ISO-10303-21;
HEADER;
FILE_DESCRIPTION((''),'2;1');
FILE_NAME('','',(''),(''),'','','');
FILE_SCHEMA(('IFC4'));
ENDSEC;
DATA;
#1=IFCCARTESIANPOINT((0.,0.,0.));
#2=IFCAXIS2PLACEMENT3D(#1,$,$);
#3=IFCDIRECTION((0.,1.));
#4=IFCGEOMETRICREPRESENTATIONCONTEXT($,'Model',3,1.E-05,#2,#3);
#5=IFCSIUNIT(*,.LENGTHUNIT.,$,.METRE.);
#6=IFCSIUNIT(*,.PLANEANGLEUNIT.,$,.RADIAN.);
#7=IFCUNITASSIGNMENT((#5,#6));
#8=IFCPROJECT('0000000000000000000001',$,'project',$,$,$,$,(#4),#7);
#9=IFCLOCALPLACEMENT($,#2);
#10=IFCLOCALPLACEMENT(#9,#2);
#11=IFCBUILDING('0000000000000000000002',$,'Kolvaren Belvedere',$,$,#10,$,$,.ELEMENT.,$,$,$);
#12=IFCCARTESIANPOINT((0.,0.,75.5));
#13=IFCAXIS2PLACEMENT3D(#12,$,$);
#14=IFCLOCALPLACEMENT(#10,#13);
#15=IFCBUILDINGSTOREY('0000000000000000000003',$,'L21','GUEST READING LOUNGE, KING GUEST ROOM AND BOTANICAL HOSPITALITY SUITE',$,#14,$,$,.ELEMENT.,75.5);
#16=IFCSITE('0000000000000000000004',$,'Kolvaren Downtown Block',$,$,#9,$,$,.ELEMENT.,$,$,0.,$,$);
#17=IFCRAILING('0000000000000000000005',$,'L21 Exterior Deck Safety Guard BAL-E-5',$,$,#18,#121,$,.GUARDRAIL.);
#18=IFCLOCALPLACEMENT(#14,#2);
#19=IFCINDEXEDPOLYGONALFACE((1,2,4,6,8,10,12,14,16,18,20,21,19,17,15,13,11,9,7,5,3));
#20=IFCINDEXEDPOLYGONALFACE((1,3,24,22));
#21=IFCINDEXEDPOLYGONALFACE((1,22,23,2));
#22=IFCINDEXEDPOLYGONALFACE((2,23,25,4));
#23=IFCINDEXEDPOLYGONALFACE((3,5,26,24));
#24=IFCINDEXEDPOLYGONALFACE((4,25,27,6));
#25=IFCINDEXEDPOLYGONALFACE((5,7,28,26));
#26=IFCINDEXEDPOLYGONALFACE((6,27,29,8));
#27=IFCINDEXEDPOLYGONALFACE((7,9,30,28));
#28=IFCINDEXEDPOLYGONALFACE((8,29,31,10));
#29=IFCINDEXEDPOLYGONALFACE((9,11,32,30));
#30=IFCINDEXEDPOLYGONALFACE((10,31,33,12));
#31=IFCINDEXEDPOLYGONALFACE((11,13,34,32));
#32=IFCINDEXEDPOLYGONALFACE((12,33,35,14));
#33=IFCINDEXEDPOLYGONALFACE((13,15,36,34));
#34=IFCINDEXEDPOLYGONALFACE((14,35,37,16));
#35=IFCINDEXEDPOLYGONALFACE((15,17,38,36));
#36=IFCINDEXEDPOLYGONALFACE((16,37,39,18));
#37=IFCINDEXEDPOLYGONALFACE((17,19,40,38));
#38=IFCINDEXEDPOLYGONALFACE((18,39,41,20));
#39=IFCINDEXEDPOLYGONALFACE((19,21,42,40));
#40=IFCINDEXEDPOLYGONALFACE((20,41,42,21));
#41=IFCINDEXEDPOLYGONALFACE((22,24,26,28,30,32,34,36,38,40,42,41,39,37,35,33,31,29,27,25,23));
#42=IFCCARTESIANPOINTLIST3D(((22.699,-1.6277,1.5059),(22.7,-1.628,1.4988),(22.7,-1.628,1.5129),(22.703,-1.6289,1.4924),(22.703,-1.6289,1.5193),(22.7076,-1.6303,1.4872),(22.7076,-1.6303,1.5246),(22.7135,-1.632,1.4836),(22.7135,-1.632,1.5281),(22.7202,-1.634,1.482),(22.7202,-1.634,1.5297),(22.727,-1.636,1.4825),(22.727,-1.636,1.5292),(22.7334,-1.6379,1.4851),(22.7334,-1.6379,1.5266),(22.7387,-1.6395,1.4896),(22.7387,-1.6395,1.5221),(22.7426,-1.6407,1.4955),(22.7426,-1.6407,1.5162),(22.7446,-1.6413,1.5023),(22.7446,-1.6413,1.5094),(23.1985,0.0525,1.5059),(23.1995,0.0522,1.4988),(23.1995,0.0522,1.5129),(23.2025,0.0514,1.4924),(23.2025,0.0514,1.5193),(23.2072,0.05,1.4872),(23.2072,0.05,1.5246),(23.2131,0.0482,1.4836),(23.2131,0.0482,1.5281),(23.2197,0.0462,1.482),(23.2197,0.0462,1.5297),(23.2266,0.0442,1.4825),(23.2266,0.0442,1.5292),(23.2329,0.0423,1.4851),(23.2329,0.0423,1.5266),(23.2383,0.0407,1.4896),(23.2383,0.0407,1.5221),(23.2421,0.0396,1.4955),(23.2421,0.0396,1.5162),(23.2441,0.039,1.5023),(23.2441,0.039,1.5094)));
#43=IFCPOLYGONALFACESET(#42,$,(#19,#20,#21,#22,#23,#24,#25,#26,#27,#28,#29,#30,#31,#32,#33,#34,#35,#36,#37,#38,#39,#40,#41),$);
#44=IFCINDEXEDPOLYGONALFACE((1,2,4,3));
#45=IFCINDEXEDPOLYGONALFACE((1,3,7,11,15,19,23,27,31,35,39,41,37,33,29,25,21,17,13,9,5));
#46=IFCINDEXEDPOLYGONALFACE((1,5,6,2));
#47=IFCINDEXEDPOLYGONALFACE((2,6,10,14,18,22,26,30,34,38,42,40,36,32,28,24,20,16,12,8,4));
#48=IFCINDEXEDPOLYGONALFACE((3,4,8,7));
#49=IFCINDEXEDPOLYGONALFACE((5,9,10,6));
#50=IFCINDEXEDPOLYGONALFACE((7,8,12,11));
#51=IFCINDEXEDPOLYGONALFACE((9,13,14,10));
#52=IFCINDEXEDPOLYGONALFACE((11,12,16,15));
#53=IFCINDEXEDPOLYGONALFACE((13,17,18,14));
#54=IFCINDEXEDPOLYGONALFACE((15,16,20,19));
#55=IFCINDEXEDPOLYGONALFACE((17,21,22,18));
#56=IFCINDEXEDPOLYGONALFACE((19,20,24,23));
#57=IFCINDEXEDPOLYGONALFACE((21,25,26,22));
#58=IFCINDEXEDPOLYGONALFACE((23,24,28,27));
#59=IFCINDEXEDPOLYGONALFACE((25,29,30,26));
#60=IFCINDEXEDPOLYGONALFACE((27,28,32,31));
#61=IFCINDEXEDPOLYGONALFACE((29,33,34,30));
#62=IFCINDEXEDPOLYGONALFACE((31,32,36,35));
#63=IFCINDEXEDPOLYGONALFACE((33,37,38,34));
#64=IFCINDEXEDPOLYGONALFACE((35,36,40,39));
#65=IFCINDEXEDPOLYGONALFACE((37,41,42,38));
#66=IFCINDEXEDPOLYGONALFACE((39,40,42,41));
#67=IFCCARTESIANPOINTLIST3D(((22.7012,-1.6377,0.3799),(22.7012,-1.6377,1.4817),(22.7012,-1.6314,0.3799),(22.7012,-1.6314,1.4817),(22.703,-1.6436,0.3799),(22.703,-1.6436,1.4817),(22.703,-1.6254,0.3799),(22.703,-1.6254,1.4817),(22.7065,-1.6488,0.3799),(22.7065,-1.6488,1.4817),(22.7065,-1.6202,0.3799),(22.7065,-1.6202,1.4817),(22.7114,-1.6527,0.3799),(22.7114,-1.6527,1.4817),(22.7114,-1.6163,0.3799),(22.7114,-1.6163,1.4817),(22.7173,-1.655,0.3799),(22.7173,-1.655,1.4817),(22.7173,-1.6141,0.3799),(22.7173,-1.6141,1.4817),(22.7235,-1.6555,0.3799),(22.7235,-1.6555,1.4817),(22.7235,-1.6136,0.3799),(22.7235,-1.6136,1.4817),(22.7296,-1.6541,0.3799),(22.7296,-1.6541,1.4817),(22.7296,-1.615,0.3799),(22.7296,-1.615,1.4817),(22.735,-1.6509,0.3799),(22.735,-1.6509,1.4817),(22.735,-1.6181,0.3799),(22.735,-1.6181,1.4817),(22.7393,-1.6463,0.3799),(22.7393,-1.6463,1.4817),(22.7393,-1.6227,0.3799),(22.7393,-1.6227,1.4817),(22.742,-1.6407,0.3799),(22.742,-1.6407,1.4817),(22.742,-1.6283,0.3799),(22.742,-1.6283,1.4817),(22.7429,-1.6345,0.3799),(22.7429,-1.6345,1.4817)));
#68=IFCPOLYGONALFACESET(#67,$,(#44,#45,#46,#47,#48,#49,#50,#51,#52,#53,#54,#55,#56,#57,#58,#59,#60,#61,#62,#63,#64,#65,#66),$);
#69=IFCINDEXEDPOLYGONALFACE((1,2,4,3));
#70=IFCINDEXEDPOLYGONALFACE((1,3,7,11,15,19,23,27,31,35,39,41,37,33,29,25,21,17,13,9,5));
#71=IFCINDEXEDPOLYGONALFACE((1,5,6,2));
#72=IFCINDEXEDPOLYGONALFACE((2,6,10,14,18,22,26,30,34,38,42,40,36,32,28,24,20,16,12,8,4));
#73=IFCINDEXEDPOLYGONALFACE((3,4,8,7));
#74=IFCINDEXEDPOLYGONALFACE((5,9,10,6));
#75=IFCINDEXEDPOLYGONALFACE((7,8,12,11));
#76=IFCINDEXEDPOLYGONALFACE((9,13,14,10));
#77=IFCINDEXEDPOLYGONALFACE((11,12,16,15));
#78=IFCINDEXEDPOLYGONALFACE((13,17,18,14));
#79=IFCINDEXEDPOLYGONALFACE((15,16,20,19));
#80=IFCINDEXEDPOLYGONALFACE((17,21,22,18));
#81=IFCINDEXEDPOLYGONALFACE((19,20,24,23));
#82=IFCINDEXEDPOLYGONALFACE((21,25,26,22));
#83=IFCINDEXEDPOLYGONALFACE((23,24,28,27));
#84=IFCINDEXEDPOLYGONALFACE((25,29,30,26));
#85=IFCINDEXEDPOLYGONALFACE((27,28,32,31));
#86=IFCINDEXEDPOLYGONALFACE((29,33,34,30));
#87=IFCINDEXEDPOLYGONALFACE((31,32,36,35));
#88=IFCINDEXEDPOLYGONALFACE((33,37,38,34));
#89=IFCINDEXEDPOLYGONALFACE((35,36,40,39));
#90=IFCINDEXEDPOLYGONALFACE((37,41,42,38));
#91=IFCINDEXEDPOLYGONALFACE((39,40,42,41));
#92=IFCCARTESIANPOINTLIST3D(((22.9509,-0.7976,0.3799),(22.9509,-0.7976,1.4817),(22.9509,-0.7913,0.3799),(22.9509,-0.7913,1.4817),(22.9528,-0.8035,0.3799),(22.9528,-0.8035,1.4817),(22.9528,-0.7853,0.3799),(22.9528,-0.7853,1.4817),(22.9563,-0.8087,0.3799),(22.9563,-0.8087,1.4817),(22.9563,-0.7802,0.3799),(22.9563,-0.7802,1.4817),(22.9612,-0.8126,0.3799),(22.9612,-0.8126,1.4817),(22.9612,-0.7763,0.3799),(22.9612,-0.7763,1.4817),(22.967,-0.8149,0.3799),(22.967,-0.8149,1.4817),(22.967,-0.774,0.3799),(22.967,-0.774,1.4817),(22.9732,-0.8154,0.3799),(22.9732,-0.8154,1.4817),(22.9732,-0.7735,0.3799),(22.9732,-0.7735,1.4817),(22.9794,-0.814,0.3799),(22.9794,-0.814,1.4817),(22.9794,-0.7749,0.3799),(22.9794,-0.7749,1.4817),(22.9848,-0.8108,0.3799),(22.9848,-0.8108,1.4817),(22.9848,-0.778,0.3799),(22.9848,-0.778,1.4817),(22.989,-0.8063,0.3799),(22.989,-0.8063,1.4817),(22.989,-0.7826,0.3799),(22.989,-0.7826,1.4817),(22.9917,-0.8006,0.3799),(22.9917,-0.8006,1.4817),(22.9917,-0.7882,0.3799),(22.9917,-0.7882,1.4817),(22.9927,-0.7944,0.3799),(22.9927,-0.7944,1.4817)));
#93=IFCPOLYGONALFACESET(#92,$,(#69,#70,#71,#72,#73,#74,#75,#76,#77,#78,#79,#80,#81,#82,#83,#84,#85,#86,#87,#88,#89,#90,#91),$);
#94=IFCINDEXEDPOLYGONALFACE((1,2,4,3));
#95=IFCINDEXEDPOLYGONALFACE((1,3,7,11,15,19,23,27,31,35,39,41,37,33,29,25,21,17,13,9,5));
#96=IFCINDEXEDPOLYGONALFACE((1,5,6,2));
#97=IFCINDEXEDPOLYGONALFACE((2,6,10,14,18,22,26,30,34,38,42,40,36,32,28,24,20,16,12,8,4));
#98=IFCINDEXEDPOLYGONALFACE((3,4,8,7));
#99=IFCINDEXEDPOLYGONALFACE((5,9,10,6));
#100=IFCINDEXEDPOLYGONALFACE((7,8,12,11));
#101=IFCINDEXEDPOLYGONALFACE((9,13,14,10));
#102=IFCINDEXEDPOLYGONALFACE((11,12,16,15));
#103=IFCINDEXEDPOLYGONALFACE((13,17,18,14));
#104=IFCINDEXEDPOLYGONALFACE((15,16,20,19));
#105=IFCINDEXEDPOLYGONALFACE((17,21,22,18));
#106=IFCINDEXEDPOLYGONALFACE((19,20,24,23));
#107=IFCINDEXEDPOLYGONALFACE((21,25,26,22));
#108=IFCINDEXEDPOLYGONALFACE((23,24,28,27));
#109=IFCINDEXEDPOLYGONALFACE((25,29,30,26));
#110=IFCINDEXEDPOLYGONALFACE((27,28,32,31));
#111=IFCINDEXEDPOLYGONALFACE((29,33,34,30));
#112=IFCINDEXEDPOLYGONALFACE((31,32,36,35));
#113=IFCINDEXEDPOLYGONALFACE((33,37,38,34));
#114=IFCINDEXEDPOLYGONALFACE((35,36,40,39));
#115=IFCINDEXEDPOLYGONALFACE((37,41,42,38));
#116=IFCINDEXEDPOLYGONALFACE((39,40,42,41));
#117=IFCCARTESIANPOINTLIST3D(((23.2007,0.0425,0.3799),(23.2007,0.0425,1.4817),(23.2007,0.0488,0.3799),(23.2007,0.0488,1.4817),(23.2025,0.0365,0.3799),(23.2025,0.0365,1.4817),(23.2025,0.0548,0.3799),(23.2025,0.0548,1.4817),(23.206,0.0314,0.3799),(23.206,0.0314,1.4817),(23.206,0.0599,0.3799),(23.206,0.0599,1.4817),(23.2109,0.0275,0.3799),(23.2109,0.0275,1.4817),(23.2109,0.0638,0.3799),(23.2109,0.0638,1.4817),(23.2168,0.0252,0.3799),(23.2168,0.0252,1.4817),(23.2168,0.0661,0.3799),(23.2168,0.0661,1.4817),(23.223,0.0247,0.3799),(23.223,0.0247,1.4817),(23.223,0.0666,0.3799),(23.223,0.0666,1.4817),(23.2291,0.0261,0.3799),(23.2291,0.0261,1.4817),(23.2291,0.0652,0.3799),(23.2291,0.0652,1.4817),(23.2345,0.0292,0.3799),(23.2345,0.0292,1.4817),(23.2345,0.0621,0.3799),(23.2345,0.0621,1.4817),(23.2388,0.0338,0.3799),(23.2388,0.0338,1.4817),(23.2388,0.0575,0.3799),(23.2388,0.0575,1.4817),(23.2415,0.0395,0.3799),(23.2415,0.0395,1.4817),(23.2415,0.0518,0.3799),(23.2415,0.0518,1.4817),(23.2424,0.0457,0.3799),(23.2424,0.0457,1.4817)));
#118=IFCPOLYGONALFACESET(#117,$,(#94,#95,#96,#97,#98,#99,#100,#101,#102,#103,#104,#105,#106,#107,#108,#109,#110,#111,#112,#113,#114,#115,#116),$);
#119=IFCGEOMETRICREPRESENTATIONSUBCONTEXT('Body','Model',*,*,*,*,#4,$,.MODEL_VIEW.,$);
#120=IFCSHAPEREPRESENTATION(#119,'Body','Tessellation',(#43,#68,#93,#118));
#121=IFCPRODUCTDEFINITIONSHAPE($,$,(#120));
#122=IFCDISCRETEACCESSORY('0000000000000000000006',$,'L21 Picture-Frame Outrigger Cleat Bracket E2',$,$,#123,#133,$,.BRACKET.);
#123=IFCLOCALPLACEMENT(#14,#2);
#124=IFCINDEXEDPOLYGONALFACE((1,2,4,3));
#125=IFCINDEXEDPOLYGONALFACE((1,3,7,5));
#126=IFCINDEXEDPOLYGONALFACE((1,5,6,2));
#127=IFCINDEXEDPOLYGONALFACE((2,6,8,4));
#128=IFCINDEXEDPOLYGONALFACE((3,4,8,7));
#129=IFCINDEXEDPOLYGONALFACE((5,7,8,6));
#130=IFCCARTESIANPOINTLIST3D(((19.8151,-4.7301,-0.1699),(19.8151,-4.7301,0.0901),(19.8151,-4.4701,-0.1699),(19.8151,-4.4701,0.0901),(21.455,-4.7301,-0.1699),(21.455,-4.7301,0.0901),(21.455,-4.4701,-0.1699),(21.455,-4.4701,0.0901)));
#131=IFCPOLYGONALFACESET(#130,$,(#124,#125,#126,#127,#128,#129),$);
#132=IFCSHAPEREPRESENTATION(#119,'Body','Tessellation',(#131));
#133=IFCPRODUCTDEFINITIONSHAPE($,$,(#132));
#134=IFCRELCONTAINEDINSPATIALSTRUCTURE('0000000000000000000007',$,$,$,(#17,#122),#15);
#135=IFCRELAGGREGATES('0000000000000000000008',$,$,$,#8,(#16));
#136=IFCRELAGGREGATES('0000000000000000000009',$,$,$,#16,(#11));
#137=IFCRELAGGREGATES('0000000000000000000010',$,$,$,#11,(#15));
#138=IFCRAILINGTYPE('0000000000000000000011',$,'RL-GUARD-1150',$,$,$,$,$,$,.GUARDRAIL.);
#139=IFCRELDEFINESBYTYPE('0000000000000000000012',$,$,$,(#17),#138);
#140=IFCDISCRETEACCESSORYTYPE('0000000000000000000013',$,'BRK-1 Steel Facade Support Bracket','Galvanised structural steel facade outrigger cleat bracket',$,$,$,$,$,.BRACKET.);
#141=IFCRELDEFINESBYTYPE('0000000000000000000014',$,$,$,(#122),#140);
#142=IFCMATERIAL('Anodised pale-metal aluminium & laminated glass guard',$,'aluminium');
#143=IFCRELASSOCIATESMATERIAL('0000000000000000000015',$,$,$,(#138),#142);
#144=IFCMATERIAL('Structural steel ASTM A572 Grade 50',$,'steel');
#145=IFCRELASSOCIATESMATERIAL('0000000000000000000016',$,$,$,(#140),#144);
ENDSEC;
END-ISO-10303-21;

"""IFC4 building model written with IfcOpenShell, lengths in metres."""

from ifc_helpers import new_model, si_unit, direction, frame, origin, origin_2d, place, context, subcontext, project, spatial, rectangle, circle, extrude, material, type_object, element, save


model = new_model("IFC4")

# Units and contexts
model_context = context("Model", 3, precision=1e-05, world=origin(), true_north=direction((0.0, 1.0)))
body_context = subcontext(model_context, "Body", "Model", "MODEL_VIEW")
ifc_project = project(units=[si_unit("LENGTHUNIT", "METRE"), si_unit("PLANEANGLEUNIT", "RADIAN")], contexts=[model_context])

# Site, building, storey
site_placement = place(None, origin())
site = spatial("IfcSite", under=ifc_project, at=site_placement, Name="Kolvaren Downtown Block", CompositionType="ELEMENT", RefElevation=0.0)
building_placement = place(site_placement, origin())
building = spatial("IfcBuilding", under=site, at=building_placement, Name="Kolvaren Belvedere", CompositionType="ELEMENT")
storey_placement = place(building_placement, frame((0.0, 0.0, 75.5)))
storey = spatial("IfcBuildingStorey", under=building, at=storey_placement, Name="L21", Description="GUEST READING LOUNGE, KING GUEST ROOM AND BOTANICAL HOSPITALITY SUITE", CompositionType="ELEMENT", Elevation=75.5)

# Railing
ifc_material_1 = material(Name="Anodised pale-metal aluminium & laminated glass guard", Category="aluminium")
railing_type = type_object("IfcRailingType", Name="RL-GUARD-1150", PredefinedType="GUARDRAIL", material=ifc_material_1)
railing_1_placement = place(storey_placement, frame((22.7219, -1.6345, 0.3799)))
element("IfcRailing", 1, at=railing_1_placement, inside=storey, type_object=railing_type, Name="L21 Exterior Deck Safety Guard BAL-E-5", PredefinedType="GUARDRAIL", context=body_context, shape_type="SweptSolid", body=[
    extrude(circle(Radius=0.0239, at=origin_2d()), frame((0.0, 0.0, 1.126), z_axis=(0.28497, 0.958536, 0.0), x_axis=(-0.958536, 0.28497, 0.0)), (0.0, 0.0, 1.0), 1.7529),
    extrude(circle(Radius=0.021, at=origin_2d()), origin(), (0.0, 0.0, 1.0), 1.1018),
    extrude(circle(Radius=0.021, at=origin_2d()), frame((0.2498, 0.8401, 0.0)), (0.0, 0.0, 1.0), 1.1018),
    extrude(circle(Radius=0.021, at=origin_2d()), frame((0.4995, 1.6802, 0.0)), (0.0, 0.0, 1.0), 1.1018),
])

# Discrete accessory
ifc_material_2 = material(Name="Structural steel ASTM A572 Grade 50", Category="steel")
discrete_accessory_type = type_object("IfcDiscreteAccessoryType", Name="BRK-1 Steel Facade Support Bracket", Description="Galvanised structural steel facade outrigger cleat bracket", PredefinedType="BRACKET", material=ifc_material_2)
discrete_accessory_placement = place(storey_placement, frame((20.635, -4.6001, -0.1699), z_axis=(0.0, 0.0, 1.0), x_axis=(1.0, 0.0, 0.0)))
element("IfcDiscreteAccessory", 2, at=discrete_accessory_placement, inside=storey, type_object=discrete_accessory_type, Name="L21 Picture-Frame Outrigger Cleat Bracket E2", PredefinedType="BRACKET", context=body_context, shape_type="SweptSolid", body=[
    extrude(rectangle(XDim=1.6399, YDim=0.26, at=origin_2d()), origin(), (0.0, 0.0, 1.0), 0.26),
])

save(model, "model.ifc")
